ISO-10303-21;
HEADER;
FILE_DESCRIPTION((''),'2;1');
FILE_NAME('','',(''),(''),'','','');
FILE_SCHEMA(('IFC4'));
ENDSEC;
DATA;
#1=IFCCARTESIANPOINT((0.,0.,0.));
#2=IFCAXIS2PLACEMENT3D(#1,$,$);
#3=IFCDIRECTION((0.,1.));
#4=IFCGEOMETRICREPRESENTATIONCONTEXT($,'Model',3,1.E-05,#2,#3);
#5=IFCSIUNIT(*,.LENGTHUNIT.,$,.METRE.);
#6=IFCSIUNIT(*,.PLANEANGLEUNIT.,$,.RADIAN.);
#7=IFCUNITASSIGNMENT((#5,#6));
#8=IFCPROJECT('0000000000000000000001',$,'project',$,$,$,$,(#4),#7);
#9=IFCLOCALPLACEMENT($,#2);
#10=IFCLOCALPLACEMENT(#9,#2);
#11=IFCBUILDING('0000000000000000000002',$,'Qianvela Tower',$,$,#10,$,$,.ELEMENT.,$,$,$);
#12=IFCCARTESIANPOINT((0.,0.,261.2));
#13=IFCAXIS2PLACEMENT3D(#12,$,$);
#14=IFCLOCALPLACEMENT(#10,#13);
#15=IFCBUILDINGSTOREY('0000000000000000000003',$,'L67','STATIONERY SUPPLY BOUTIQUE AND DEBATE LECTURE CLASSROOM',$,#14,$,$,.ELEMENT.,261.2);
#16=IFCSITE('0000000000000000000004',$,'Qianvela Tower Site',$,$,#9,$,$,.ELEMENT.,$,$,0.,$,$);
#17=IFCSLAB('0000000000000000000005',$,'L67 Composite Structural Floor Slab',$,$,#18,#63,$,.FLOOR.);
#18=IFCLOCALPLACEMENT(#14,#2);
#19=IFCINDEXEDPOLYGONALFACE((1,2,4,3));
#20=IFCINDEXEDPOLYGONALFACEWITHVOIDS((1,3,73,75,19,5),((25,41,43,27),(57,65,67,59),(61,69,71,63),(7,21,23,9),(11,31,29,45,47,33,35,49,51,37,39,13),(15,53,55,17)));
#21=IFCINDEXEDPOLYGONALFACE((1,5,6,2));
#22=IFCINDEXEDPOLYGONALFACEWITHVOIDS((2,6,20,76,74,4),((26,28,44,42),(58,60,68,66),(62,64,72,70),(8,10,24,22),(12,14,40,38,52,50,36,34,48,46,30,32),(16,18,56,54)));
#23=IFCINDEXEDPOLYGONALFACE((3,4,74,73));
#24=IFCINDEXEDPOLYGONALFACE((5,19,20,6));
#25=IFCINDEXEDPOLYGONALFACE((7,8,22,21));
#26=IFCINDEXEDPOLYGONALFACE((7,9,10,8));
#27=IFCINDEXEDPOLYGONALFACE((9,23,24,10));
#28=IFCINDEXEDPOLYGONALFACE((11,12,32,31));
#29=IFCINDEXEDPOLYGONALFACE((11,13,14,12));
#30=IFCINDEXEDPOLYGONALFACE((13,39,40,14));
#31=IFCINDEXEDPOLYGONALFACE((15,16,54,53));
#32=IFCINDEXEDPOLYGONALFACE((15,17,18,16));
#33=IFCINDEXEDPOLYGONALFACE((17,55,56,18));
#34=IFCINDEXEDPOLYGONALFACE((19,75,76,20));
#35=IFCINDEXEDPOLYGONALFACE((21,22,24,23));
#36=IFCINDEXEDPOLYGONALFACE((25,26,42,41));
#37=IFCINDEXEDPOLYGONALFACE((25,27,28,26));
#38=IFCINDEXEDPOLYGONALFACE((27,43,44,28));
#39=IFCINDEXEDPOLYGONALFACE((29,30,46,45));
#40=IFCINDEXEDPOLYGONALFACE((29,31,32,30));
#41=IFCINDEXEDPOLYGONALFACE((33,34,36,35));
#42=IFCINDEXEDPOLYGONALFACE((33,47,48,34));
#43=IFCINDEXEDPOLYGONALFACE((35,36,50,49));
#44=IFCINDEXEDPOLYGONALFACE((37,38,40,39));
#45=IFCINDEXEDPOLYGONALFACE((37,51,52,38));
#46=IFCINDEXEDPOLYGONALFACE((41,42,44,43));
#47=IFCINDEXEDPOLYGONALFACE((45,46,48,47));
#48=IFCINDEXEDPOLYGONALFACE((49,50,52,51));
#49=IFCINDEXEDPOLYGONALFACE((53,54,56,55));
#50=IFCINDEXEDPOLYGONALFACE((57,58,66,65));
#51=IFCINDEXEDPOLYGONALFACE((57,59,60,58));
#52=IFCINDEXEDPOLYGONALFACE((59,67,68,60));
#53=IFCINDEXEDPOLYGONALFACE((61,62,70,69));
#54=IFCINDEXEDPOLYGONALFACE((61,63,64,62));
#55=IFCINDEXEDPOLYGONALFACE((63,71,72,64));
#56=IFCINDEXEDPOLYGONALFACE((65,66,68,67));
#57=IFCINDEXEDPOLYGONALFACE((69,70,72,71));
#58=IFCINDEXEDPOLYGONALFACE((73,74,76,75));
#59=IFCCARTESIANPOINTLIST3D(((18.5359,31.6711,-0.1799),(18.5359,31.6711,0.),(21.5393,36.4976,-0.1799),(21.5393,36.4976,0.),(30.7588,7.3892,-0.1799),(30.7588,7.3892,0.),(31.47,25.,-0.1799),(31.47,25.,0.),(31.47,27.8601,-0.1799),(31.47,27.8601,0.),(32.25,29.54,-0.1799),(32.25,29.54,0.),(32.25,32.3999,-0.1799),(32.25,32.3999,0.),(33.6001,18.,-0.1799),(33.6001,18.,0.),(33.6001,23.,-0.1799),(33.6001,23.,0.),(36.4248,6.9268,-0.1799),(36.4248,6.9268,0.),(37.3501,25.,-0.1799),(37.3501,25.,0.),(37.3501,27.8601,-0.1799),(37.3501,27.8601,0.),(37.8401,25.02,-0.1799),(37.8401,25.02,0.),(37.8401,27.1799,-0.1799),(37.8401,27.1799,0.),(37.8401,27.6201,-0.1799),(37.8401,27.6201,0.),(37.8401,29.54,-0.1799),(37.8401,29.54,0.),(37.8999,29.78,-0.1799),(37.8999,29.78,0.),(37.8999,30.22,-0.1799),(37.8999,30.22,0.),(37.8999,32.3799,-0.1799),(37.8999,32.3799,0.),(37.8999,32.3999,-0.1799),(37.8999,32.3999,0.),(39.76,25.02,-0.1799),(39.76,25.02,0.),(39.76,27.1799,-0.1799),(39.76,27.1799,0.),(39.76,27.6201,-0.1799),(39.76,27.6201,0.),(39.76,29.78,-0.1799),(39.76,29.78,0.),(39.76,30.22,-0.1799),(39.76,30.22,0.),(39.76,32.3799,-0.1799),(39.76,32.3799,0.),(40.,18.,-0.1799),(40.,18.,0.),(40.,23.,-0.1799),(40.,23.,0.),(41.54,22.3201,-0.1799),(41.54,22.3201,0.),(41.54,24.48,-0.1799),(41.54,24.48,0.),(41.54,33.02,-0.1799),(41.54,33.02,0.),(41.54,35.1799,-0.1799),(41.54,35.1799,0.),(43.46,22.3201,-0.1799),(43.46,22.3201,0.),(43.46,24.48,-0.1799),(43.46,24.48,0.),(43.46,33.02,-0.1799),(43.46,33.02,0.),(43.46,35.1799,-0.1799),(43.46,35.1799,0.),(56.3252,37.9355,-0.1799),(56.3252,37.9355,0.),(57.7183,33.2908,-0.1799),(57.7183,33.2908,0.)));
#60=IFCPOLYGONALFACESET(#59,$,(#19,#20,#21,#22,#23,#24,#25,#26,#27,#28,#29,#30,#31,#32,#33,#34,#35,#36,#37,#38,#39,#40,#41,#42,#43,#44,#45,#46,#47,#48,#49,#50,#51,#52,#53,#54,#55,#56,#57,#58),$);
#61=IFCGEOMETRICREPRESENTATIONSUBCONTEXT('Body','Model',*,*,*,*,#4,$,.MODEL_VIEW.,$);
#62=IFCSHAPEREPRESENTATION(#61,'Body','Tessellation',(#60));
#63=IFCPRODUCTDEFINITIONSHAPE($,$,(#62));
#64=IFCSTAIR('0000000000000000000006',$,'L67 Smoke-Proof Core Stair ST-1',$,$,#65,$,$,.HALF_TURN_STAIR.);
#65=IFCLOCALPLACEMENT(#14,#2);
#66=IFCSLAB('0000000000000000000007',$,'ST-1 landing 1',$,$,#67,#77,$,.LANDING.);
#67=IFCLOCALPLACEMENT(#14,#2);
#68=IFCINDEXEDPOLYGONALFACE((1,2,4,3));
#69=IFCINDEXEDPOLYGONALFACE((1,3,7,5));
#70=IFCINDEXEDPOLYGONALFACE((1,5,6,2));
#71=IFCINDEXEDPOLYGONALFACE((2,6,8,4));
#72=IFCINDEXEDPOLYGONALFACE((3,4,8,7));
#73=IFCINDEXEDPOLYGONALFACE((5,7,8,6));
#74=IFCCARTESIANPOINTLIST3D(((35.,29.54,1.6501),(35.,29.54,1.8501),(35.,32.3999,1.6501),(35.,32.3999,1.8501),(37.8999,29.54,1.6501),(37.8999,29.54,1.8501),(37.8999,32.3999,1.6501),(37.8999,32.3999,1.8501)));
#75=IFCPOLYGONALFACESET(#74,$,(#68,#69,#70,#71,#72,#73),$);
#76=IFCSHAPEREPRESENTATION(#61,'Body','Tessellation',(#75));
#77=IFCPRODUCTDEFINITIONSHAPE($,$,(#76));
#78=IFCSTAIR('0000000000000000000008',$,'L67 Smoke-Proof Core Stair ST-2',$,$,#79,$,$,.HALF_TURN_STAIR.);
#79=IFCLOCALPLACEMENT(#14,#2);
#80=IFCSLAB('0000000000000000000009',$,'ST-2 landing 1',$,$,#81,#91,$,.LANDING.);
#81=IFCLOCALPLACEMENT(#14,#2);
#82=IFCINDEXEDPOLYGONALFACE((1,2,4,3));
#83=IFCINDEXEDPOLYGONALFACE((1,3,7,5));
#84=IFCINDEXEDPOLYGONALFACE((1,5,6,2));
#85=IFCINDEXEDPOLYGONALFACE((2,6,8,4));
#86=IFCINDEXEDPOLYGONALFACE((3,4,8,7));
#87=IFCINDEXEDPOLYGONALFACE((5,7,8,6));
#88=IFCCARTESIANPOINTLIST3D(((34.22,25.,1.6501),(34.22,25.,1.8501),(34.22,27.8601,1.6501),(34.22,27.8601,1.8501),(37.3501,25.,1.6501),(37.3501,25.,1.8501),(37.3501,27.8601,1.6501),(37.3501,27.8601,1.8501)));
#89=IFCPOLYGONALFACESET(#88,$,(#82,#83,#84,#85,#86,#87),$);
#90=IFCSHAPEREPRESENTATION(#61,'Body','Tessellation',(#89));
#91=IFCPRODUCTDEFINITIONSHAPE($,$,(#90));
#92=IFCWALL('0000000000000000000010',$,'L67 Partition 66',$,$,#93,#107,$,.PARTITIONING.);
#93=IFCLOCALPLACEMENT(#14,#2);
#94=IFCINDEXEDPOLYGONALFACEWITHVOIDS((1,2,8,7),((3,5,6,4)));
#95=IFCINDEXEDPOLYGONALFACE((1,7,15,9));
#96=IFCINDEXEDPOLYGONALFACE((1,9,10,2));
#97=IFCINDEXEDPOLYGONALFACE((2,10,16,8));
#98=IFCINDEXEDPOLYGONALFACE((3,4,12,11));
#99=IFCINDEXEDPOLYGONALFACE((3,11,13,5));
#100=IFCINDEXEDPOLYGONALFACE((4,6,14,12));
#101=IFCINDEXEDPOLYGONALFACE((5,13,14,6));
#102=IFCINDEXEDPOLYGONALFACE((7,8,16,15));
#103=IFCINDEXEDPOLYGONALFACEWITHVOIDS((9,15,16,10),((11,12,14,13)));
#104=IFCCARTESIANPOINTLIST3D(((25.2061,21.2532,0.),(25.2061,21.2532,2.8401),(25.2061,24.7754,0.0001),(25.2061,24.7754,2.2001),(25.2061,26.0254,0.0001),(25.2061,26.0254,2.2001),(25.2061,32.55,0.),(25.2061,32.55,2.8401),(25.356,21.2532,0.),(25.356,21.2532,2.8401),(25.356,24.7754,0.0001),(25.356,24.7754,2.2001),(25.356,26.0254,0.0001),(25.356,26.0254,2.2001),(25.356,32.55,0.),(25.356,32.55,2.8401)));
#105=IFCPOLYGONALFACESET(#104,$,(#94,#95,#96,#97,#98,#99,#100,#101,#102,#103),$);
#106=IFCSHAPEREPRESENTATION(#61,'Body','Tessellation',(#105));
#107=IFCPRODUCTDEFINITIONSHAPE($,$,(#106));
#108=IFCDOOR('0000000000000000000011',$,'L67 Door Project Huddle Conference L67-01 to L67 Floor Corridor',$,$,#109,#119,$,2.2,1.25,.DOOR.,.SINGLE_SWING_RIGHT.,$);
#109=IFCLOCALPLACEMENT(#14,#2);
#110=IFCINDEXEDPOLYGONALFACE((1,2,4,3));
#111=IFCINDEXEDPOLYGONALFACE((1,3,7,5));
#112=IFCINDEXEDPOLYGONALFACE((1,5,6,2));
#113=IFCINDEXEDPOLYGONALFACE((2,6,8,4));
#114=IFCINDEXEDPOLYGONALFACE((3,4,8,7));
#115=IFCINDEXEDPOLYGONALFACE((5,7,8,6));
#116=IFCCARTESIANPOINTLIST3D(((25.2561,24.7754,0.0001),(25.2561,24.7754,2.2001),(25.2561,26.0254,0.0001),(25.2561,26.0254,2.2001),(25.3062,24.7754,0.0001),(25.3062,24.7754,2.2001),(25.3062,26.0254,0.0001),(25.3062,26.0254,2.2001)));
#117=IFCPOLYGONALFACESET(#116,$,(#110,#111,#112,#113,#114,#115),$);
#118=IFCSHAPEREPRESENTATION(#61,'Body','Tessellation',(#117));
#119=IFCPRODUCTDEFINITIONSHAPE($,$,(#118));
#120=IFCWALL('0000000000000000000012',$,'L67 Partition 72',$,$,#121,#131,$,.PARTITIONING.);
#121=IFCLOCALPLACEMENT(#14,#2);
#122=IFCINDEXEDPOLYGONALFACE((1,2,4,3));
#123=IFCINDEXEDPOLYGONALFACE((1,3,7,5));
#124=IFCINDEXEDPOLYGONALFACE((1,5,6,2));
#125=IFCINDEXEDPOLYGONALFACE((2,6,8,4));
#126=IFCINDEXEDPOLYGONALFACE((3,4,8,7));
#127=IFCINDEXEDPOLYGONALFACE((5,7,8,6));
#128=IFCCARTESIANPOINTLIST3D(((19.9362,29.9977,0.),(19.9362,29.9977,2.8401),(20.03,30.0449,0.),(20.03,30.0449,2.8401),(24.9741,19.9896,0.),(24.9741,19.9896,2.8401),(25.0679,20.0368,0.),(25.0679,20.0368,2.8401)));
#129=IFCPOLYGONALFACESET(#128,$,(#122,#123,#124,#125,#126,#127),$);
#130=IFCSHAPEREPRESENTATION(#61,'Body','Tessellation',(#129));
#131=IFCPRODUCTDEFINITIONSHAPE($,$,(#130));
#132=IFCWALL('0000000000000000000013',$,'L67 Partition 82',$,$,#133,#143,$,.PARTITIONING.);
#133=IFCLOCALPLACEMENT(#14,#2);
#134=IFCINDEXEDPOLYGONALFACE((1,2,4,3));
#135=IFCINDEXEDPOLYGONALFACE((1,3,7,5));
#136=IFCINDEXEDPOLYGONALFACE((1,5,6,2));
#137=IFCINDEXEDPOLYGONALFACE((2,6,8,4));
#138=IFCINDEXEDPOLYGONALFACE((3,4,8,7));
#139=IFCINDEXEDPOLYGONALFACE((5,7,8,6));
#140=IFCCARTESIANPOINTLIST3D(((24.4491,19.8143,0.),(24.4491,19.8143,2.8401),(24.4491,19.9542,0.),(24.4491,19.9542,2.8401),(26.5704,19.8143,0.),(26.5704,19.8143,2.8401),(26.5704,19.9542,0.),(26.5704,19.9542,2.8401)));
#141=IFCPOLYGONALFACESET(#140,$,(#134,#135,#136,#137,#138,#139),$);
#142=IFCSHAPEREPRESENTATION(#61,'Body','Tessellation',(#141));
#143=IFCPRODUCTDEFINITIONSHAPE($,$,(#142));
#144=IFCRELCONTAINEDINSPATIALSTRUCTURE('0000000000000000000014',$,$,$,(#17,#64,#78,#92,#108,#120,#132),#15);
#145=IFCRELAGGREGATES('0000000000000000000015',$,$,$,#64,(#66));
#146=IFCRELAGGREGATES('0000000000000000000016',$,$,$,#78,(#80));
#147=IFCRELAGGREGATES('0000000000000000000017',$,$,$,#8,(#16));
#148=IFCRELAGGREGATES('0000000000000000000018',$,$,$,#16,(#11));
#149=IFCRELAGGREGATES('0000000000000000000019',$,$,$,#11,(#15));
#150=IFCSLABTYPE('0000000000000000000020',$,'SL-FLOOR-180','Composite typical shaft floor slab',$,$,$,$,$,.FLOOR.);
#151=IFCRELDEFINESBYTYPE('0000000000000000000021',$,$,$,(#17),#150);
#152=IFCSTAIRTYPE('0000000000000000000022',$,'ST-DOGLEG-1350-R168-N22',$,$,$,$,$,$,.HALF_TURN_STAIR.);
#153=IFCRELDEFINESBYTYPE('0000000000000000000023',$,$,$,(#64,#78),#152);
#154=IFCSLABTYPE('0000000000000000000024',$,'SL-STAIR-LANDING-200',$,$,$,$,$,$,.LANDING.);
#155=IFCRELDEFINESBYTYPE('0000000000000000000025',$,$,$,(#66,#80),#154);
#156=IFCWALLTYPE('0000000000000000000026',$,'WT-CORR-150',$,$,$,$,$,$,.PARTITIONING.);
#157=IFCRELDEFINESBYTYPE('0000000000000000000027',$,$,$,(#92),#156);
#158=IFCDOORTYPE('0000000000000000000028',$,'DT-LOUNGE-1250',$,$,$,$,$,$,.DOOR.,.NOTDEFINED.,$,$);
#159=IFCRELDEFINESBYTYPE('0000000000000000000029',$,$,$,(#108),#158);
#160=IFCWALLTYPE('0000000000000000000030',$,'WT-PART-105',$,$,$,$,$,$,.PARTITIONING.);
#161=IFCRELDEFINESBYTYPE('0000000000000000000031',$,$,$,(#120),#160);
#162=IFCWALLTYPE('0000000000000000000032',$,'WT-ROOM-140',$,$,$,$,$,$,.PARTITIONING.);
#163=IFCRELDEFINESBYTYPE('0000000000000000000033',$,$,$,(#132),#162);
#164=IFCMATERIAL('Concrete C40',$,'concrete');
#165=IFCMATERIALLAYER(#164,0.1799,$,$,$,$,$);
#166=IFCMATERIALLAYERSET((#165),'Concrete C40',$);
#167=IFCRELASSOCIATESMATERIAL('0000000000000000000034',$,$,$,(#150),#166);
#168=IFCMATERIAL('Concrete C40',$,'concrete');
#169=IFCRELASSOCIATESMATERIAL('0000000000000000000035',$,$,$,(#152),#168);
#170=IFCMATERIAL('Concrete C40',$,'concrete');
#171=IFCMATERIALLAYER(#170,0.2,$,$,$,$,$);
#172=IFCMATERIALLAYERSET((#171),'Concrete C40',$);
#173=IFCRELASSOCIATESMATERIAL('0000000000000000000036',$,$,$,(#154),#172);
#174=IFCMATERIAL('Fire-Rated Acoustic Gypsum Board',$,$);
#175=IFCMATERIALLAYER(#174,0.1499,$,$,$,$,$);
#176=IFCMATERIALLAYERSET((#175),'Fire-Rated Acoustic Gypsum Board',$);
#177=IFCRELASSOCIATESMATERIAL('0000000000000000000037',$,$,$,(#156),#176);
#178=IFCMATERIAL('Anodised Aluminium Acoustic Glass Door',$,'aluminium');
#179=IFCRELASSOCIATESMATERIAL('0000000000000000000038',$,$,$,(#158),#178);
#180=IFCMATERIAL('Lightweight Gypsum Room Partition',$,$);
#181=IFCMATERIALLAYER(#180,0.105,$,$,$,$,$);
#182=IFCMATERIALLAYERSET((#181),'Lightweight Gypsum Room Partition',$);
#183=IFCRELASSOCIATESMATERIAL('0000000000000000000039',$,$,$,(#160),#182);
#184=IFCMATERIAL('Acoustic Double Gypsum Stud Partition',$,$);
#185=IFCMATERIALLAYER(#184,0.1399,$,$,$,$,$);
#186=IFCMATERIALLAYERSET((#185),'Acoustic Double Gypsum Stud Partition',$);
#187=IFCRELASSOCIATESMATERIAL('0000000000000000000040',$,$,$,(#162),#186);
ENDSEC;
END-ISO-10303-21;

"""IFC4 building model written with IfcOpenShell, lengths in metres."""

from ifc_helpers import new_model, si_unit, direction, frame, frame_2d, origin, place, context, subcontext, project, spatial, polyline, rectangle, outline, extrude, material, layer, layer_set, type_object, element, fill, aggregate, save


model = new_model("IFC4")

# Units and contexts
model_context = context("Model", 3, precision=1e-05, world=origin(), true_north=direction((0.0, 1.0)))
body_context = subcontext(model_context, "Body", "Model", "MODEL_VIEW")
ifc_project = project(units=[si_unit("LENGTHUNIT", "METRE"), si_unit("PLANEANGLEUNIT", "RADIAN")], contexts=[model_context])

# Site, building, storey
site_placement = place(None, origin())
site = spatial("IfcSite", under=ifc_project, at=site_placement, Name="Qianvela Tower Site", CompositionType="ELEMENT", RefElevation=0.0)
building_placement = place(site_placement, origin())
building = spatial("IfcBuilding", under=site, at=building_placement, Name="Qianvela Tower", CompositionType="ELEMENT")
storey_placement = place(building_placement, frame((0.0, 0.0, 261.2)))
storey = spatial("IfcBuildingStorey", under=building, at=storey_placement, Name="L67", Description="STATIONERY SUPPLY BOUTIQUE AND DEBATE LECTURE CLASSROOM", CompositionType="ELEMENT", Elevation=261.2)

# Slab
ifc_material_1 = material(Name="Concrete C40", Category="concrete")
ifc_layer_1 = layer(ifc_material_1, 0.1799)
ifc_layer_set_1 = layer_set([ifc_layer_1], Name="Concrete C40")
slab_type_1 = type_object("IfcSlabType", Name="SL-FLOOR-180", Description="Composite typical shaft floor slab", PredefinedType="FLOOR", material=ifc_layer_set_1)
slab_1_placement = place(storey_placement, frame((0.0, 0.0, -0.1799)))
element("IfcSlab", 1, at=slab_1_placement, inside=storey, type_object=slab_type_1, Name="L67 Composite Structural Floor Slab", PredefinedType="FLOOR", context=body_context, shape_type="SweptSolid", body=[
    extrude(outline(polyline([(57.7183, 33.2908), (56.3252, 37.9355), (21.5393, 36.4976), (18.5359, 31.6711), (30.7588, 7.3892), (36.4248, 6.9268), (57.7183, 33.2908)]), holes=[polyline([(40.0, 23.0), (33.6001, 23.0), (33.6001, 18.0), (40.0, 18.0), (40.0, 23.0)]), polyline([(43.46, 24.48), (41.54, 24.48), (41.54, 22.3201), (43.46, 22.3201), (43.46, 24.48)]), polyline([(39.76, 27.1799), (37.8401, 27.1799), (37.8401, 25.02), (39.76, 25.02), (39.76, 27.1799)]), polyline([(37.3501, 27.8601), (31.47, 27.8601), (31.47, 25.0), (37.3501, 25.0), (37.3501, 27.8601)]), polyline([(39.76, 27.6201), (39.76, 29.78), (37.8999, 29.78), (37.8999, 30.22), (39.76, 30.22), (39.76, 32.3799), (37.8999, 32.3799), (37.8999, 32.3999), (32.25, 32.3999), (32.25, 29.54), (37.8401, 29.54), (37.8401, 27.6201), (39.76, 27.6201)]), polyline([(43.46, 35.1799), (41.54, 35.1799), (41.54, 33.02), (43.46, 33.02), (43.46, 35.1799)])]), origin(), (0.0, 0.0, 1.0), 0.1799),
])

# Stairs, slabs
ifc_material_2 = material(Name="Concrete C40", Category="concrete")
stair_type = type_object("IfcStairType", Name="ST-DOGLEG-1350-R168-N22", PredefinedType="HALF_TURN_STAIR", material=ifc_material_2)
stair_1_placement = place(storey_placement, origin())
stair_1 = element("IfcStair", 2, at=stair_1_placement, inside=storey, type_object=stair_type, Name="L67 Smoke-Proof Core Stair ST-1", PredefinedType="HALF_TURN_STAIR")
ifc_material_3 = material(Name="Concrete C40", Category="concrete")
ifc_layer_2 = layer(ifc_material_3, 0.2)
ifc_layer_set_2 = layer_set([ifc_layer_2], Name="Concrete C40")
slab_type_2 = type_object("IfcSlabType", Name="SL-STAIR-LANDING-200", PredefinedType="LANDING", material=ifc_layer_set_2)
slab_2_placement = place(storey_placement, frame((0.0, 0.0, 1.6501)))
slab_2 = element("IfcSlab", 3, at=slab_2_placement, type_object=slab_type_2, Name="ST-1 landing 1", PredefinedType="LANDING", context=body_context, shape_type="SweptSolid", body=[
    extrude(outline(polyline([(35.0, 29.54), (37.8999, 29.54), (37.8999, 32.3999), (35.0, 32.3999), (35.0, 29.54)])), origin(), (0.0, 0.0, 1.0), 0.2),
])
aggregate(stair_1, [slab_2])
stair_2_placement = place(storey_placement, origin())
stair_2 = element("IfcStair", 4, at=stair_2_placement, inside=storey, type_object=stair_type, Name="L67 Smoke-Proof Core Stair ST-2", PredefinedType="HALF_TURN_STAIR")
slab_3_placement = place(storey_placement, frame((0.0, 0.0, 1.6501)))
slab_3 = element("IfcSlab", 5, at=slab_3_placement, type_object=slab_type_2, Name="ST-2 landing 1", PredefinedType="LANDING", context=body_context, shape_type="SweptSolid", body=[
    extrude(outline(polyline([(34.22, 25.0), (37.3501, 25.0), (37.3501, 27.8601), (34.22, 27.8601), (34.22, 25.0)])), origin(), (0.0, 0.0, 1.0), 0.2),
])
aggregate(stair_2, [slab_3])

# Wall, opening, door
ifc_material_4 = material(Name="Fire-Rated Acoustic Gypsum Board")
ifc_layer_3 = layer(ifc_material_4, 0.1499)
ifc_layer_set_3 = layer_set([ifc_layer_3], Name="Fire-Rated Acoustic Gypsum Board")
wall_type_1 = type_object("IfcWallType", Name="WT-CORR-150", PredefinedType="PARTITIONING", material=ifc_layer_set_3)
wall_1_placement = place(storey_placement, frame((25.281, 21.2532, 0.0), z_axis=(0.0, 0.0, 1.0), x_axis=(0.0, 1.0, 0.0)))
wall_1 = element("IfcWall", 6, at=wall_1_placement, inside=storey, type_object=wall_type_1, Name="L67 Partition 66", PredefinedType="PARTITIONING", context=body_context, shape_type="SweptSolid", body=[
    extrude(rectangle(XDim=11.2969, YDim=0.1499, at=frame_2d((5.6484, 0.0))), origin(), (0.0, 0.0, 1.0), 2.8401),
])
opening_placement = place(wall_1_placement, frame((3.5222, 0.0, 0.0)))
opening = element("IfcOpeningElement", 7, at=opening_placement, cuts=wall_1, PredefinedType="OPENING", context=body_context, shape_type="SweptSolid", body=[
    extrude(rectangle(XDim=1.25, YDim=2.2, at=frame_2d((0.625, 1.1001))), frame((0.0, 0.085, 0.0), z_axis=(0.0, -1.0, 0.0), x_axis=(1.0, 0.0, 0.0)), (0.0, 0.0, 1.0), 0.1699),
])
ifc_material_5 = material(Name="Anodised Aluminium Acoustic Glass Door", Category="aluminium")
door_type = type_object("IfcDoorType", Name="DT-LOUNGE-1250", OperationType="NOTDEFINED", PredefinedType="DOOR", material=ifc_material_5)
door_placement = place(opening_placement, origin())
door = element("IfcDoor", 8, at=door_placement, inside=storey, type_object=door_type, Name="L67 Door Project Huddle Conference L67-01 to L67 Floor Corridor", OperationType="SINGLE_SWING_RIGHT", OverallHeight=2.2, OverallWidth=1.25, PredefinedType="DOOR", context=body_context, shape_type="SweptSolid", body=[
    extrude(rectangle(XDim=1.25, YDim=2.2, at=frame_2d((0.625, 1.1001))), frame((0.0, 0.0249, 0.0), z_axis=(0.0, -1.0, 0.0), x_axis=(1.0, 0.0, 0.0)), (0.0, 0.0, 1.0), 0.05),
])
fill(opening, door)

# Walls
ifc_material_6 = material(Name="Lightweight Gypsum Room Partition")
ifc_layer_4 = layer(ifc_material_6, 0.105)
ifc_layer_set_4 = layer_set([ifc_layer_4], Name="Lightweight Gypsum Room Partition")
wall_type_2 = type_object("IfcWallType", Name="WT-PART-105", PredefinedType="PARTITIONING", material=ifc_layer_set_4)
wall_2_placement = place(storey_placement, frame((25.021, 20.0132, 0.0), z_axis=(0.0, 0.0, 1.0), x_axis=(-0.449626, 0.893217, 0.0)))
element("IfcWall", 9, at=wall_2_placement, inside=storey, type_object=wall_type_2, Name="L67 Partition 72", PredefinedType="PARTITIONING", context=body_context, shape_type="SweptSolid", body=[
    extrude(rectangle(XDim=11.2046, YDim=0.105, at=frame_2d((5.6023, 0.0))), origin(), (0.0, 0.0, 1.0), 2.8401),
])
ifc_material_7 = material(Name="Acoustic Double Gypsum Stud Partition")
ifc_layer_5 = layer(ifc_material_7, 0.1399)
ifc_layer_set_5 = layer_set([ifc_layer_5], Name="Acoustic Double Gypsum Stud Partition")
wall_type_3 = type_object("IfcWallType", Name="WT-ROOM-140", PredefinedType="PARTITIONING", material=ifc_layer_set_5)
wall_3_placement = place(storey_placement, frame((24.4492, 19.8843, 0.0), z_axis=(0.0, 0.0, 1.0), x_axis=(1.0, 0.0, 0.0)))
element("IfcWall", 10, at=wall_3_placement, inside=storey, type_object=wall_type_3, Name="L67 Partition 82", PredefinedType="PARTITIONING", context=body_context, shape_type="SweptSolid", body=[
    extrude(rectangle(XDim=2.1213, YDim=0.1399, at=frame_2d((1.0605, 0.0))), origin(), (0.0, 0.0, 1.0), 2.8401),
])

save(model, "model.ifc")
